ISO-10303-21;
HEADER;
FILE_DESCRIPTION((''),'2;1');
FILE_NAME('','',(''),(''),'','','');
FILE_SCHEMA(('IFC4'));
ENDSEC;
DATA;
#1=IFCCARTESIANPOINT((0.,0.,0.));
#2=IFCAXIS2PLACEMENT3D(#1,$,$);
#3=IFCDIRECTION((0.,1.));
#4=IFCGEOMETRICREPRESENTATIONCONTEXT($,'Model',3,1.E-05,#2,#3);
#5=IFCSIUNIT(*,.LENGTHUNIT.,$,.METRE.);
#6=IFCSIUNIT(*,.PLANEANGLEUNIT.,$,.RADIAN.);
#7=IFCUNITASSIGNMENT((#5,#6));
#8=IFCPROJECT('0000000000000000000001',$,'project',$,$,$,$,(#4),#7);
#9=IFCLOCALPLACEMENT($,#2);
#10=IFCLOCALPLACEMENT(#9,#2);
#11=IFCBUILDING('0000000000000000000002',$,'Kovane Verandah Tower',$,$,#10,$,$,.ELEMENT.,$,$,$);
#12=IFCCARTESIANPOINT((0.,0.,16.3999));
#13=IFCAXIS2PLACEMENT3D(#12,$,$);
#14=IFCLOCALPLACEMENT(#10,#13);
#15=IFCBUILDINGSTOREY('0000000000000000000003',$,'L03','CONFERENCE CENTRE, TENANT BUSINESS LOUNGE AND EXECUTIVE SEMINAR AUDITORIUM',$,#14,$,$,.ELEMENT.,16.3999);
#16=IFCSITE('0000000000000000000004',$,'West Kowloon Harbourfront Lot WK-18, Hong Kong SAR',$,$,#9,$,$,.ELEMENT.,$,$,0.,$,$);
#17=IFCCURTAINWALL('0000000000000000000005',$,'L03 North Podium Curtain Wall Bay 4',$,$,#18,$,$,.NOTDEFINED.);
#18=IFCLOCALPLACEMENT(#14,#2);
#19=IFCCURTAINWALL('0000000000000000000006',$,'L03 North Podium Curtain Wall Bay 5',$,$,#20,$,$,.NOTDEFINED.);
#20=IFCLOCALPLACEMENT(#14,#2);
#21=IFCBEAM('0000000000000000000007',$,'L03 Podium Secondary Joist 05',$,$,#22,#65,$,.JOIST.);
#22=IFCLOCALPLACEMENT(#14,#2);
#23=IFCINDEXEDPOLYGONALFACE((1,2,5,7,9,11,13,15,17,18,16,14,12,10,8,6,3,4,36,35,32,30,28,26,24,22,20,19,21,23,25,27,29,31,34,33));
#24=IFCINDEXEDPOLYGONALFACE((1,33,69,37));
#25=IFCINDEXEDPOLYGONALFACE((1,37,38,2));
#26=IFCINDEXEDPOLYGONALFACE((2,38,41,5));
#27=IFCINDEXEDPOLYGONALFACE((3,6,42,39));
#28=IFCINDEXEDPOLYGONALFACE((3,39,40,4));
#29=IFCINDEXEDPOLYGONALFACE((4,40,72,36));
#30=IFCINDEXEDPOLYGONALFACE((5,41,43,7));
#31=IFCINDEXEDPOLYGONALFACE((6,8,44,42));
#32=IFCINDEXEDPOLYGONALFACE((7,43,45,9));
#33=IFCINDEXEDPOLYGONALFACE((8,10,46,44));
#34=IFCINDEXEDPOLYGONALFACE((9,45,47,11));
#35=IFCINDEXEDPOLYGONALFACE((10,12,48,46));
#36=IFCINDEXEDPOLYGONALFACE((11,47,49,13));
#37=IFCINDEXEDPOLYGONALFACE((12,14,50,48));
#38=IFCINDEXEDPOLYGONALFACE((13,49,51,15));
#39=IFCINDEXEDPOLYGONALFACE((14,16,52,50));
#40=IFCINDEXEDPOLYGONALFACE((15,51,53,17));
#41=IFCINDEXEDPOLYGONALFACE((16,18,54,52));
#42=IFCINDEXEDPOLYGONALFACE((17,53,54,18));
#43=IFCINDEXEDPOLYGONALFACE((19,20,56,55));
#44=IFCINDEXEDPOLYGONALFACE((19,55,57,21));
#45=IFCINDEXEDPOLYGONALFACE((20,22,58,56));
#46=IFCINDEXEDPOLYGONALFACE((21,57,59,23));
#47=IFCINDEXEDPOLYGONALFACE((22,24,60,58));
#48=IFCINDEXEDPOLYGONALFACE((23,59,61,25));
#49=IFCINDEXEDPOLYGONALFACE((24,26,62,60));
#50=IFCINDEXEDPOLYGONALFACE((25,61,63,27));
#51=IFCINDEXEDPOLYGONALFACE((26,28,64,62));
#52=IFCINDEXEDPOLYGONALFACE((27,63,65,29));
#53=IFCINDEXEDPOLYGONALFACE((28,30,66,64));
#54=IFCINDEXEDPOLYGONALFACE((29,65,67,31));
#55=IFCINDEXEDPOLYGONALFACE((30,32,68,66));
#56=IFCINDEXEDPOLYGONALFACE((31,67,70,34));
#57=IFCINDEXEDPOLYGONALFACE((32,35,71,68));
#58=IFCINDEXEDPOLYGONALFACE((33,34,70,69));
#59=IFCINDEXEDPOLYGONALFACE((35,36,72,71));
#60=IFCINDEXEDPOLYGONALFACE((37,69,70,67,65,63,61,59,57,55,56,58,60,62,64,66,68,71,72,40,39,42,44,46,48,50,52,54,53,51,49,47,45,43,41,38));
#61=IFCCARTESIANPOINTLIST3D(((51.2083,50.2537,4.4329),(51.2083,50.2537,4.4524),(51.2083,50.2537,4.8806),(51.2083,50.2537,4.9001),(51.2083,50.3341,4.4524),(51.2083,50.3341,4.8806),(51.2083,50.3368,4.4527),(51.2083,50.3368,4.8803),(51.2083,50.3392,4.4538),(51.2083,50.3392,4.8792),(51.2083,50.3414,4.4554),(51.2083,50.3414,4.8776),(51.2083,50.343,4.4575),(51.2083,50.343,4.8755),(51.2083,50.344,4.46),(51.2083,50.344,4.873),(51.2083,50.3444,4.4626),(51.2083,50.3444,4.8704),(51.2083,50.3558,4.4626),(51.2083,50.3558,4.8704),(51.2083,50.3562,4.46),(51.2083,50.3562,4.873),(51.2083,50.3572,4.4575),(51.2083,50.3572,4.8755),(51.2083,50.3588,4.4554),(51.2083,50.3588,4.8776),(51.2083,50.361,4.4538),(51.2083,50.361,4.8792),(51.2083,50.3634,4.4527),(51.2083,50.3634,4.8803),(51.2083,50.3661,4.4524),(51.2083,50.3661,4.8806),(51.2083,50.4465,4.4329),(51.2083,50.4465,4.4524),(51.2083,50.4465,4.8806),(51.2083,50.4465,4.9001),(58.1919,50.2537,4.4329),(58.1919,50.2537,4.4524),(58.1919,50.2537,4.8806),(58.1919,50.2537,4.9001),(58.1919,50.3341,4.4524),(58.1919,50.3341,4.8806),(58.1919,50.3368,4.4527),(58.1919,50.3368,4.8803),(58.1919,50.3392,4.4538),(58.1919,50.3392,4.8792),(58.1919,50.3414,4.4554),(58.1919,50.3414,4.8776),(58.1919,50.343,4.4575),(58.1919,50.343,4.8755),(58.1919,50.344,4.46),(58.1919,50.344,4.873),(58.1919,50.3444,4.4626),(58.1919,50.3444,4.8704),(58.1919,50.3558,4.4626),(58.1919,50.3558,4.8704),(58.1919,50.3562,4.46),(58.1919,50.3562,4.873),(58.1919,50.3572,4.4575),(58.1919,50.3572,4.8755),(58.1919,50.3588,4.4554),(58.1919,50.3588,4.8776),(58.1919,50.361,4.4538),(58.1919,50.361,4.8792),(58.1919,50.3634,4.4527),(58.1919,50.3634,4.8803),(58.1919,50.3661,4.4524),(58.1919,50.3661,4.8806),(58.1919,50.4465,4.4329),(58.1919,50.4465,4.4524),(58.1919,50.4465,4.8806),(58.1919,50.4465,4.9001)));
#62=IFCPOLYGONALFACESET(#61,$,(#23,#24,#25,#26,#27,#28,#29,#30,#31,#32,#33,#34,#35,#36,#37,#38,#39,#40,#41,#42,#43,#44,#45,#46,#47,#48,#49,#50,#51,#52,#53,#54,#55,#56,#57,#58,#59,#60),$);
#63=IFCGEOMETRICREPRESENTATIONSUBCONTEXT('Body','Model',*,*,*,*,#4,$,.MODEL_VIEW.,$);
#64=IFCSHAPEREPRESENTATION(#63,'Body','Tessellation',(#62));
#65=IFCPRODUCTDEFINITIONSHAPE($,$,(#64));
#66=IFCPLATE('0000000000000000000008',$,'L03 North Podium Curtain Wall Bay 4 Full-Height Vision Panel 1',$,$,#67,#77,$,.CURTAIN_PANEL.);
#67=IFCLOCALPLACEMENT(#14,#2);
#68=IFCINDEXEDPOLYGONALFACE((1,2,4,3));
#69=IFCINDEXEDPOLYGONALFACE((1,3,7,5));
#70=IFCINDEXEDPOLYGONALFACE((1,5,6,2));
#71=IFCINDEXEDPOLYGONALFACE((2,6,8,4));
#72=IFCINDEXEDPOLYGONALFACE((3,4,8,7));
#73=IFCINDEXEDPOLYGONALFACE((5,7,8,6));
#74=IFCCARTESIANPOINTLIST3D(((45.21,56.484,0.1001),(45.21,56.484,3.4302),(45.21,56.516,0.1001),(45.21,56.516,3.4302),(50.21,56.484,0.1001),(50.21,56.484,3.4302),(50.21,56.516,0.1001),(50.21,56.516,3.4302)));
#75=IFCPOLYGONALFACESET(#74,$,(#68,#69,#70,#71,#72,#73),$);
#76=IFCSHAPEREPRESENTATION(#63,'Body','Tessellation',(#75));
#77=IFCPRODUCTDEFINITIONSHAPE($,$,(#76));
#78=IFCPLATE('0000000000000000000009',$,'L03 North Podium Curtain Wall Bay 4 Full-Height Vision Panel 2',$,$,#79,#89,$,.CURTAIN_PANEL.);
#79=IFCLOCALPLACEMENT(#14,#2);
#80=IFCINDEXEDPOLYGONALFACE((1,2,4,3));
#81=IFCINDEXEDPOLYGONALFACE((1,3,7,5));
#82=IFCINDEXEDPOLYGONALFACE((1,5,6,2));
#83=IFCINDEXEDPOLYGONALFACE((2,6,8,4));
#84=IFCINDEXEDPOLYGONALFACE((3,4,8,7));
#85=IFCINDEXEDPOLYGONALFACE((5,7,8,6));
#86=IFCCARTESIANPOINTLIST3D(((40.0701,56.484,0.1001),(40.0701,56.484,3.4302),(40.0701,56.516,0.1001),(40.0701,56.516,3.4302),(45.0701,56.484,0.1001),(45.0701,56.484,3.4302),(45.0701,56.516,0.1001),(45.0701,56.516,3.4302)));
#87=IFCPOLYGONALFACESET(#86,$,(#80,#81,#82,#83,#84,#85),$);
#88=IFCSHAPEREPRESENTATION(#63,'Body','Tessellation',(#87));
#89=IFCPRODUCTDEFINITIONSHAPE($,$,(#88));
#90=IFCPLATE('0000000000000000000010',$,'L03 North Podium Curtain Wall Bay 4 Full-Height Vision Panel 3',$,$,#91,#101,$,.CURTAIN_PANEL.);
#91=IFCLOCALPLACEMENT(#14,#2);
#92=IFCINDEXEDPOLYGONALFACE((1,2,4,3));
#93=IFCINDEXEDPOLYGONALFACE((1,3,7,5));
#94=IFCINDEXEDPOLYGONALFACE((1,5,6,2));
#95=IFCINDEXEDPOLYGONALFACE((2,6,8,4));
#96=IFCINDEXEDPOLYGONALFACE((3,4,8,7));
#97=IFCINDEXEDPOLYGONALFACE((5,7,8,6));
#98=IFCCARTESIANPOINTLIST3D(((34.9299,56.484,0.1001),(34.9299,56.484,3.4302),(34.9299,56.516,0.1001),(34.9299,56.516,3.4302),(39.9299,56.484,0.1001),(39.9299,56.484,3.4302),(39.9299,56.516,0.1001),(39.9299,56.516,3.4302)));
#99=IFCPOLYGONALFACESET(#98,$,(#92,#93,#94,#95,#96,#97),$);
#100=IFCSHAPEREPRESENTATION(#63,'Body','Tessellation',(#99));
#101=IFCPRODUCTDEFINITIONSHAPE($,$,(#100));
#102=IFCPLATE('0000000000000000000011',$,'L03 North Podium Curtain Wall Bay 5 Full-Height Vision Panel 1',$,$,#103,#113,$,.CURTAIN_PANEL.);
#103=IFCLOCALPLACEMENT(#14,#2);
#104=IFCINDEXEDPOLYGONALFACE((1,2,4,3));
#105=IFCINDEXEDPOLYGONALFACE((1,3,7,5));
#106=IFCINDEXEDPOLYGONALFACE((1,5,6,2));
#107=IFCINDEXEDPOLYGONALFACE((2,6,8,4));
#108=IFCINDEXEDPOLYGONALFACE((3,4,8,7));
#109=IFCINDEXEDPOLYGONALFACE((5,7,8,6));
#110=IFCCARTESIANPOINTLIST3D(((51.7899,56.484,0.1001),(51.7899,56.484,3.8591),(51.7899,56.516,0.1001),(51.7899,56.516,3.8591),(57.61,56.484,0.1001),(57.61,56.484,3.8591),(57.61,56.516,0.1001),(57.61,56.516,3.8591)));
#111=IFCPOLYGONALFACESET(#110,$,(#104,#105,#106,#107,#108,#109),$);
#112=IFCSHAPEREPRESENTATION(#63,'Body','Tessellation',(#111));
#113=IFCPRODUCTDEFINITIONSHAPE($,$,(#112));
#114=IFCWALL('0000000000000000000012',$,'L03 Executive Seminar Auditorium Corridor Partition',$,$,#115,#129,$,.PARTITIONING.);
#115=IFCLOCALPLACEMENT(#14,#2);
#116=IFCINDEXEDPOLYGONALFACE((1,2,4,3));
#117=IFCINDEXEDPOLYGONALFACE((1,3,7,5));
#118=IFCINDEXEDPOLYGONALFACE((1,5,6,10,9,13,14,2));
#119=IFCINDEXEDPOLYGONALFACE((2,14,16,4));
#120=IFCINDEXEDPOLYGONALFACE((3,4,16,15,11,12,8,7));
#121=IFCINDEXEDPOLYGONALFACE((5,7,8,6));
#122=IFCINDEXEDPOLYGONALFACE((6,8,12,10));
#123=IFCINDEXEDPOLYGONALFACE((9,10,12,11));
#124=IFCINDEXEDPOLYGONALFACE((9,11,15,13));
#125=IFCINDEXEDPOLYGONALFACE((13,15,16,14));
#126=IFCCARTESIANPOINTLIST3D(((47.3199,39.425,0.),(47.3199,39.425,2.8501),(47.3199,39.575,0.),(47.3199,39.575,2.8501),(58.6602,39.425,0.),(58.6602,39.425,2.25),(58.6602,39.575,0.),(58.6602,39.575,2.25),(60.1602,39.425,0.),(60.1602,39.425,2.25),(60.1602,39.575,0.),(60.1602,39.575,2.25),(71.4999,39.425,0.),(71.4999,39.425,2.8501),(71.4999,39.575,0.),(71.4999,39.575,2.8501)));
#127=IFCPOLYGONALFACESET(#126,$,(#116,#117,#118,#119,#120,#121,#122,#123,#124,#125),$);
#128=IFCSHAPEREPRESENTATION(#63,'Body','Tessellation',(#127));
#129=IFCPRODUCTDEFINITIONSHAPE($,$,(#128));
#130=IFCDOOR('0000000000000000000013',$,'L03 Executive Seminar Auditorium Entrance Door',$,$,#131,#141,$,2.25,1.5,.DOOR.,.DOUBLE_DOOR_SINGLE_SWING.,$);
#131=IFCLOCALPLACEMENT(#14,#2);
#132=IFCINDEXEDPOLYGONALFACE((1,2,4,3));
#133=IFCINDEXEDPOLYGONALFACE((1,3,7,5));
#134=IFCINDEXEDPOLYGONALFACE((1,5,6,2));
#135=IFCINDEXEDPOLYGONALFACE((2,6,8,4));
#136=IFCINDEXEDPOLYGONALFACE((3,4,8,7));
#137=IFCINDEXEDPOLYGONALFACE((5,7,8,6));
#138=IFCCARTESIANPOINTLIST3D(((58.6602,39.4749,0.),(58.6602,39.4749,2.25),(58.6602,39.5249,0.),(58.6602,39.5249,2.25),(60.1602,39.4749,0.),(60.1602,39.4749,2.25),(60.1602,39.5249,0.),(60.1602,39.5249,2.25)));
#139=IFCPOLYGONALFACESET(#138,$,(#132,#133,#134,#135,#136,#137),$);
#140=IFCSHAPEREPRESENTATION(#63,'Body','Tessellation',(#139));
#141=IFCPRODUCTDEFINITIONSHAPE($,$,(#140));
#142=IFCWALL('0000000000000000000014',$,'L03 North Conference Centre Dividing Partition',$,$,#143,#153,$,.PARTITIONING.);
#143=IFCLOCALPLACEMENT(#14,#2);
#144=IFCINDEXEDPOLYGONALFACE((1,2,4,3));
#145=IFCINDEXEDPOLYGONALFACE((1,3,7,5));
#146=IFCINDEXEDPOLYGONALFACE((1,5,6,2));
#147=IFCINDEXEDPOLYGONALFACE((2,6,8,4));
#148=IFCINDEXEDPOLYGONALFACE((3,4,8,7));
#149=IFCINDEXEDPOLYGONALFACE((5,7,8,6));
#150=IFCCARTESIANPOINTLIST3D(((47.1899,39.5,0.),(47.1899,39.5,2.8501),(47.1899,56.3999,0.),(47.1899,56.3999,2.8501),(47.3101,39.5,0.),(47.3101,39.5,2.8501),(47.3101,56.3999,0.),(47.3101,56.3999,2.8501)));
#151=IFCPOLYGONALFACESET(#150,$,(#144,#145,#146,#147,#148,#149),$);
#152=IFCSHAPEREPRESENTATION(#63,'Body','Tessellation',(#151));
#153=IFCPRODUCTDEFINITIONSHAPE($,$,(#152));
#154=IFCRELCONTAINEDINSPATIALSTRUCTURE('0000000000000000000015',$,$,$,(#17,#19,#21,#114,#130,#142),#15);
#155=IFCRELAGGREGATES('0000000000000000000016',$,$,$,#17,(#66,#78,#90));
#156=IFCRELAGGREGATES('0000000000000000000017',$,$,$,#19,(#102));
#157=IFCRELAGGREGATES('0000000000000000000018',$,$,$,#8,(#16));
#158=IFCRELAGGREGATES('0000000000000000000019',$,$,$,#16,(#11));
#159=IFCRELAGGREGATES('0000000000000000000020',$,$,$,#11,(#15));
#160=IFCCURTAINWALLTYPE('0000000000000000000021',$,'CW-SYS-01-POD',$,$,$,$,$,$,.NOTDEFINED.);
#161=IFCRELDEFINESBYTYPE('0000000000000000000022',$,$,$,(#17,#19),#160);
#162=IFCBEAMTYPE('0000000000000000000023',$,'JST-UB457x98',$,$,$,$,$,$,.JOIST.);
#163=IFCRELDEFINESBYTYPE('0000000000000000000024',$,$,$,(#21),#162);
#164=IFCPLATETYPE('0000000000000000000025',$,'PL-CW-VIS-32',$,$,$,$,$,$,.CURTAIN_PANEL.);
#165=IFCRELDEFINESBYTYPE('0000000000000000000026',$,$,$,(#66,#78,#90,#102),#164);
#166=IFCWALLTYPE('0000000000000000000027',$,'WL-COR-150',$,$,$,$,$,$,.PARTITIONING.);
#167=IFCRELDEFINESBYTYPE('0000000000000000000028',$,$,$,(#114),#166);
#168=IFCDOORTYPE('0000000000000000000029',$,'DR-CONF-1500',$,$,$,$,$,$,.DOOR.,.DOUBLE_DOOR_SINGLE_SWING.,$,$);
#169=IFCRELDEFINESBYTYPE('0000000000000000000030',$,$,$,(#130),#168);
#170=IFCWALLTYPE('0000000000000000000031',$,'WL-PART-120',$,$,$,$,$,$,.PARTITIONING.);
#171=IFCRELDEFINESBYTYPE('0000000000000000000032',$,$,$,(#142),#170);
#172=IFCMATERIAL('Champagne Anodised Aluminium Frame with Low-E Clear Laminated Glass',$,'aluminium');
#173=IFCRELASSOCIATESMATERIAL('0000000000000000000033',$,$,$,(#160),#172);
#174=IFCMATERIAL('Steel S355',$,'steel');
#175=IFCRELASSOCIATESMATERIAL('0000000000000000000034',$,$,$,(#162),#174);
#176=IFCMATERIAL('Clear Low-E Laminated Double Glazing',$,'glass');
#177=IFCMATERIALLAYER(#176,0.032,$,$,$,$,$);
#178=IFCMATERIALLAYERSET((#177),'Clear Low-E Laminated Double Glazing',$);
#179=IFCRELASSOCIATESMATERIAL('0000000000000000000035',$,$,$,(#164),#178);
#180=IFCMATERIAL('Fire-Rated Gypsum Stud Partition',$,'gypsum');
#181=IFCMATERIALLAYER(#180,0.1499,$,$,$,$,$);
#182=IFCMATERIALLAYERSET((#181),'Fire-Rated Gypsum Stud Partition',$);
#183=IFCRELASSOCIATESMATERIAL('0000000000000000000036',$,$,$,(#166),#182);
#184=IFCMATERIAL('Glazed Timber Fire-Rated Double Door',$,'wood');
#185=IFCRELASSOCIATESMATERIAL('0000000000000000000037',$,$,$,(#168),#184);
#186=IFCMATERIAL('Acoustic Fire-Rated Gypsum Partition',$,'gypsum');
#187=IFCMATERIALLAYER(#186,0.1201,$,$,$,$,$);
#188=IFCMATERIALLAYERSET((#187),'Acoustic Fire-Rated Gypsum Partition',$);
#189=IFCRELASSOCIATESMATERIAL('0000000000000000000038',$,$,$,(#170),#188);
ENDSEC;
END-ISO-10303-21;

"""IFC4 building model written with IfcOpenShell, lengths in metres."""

from ifc_helpers import new_model, si_unit, direction, frame, frame_2d, origin, origin_2d, place, context, subcontext, project, spatial, rectangle, i_section, extrude, material, layer, layer_set, material_profile, profile_set, type_object, element, fill, aggregate, save


model = new_model("IFC4")

# Units and contexts
model_context = context("Model", 3, precision=1e-05, world=origin(), true_north=direction((0.0, 1.0)))
body_context = subcontext(model_context, "Body", "Model", "MODEL_VIEW")
ifc_project = project(units=[si_unit("LENGTHUNIT", "METRE"), si_unit("PLANEANGLEUNIT", "RADIAN")], contexts=[model_context])

# Site, building, storey
site_placement = place(None, origin())
site = spatial("IfcSite", under=ifc_project, at=site_placement, Name="West Kowloon Harbourfront Lot WK-18, Hong Kong SAR", CompositionType="ELEMENT", RefElevation=0.0)
building_placement = place(site_placement, origin())
building = spatial("IfcBuilding", under=site, at=building_placement, Name="Kovane Verandah Tower", CompositionType="ELEMENT")
storey_placement = place(building_placement, frame((0.0, 0.0, 16.3999)))
storey = spatial("IfcBuildingStorey", under=building, at=storey_placement, Name="L03", Description="CONFERENCE CENTRE, TENANT BUSINESS LOUNGE AND EXECUTIVE SEMINAR AUDITORIUM", CompositionType="ELEMENT", Elevation=16.3999)

# Curtain walls
ifc_material_1 = material(Name="Champagne Anodised Aluminium Frame with Low-E Clear Laminated Glass", Category="aluminium")
curtain_wall_type = type_object("IfcCurtainWallType", Name="CW-SYS-01-POD", PredefinedType="NOTDEFINED", material=ifc_material_1)
curtain_wall_1_placement = place(storey_placement, origin())
curtain_wall_1 = element("IfcCurtainWall", 1, at=curtain_wall_1_placement, inside=storey, type_object=curtain_wall_type, Name="L03 North Podium Curtain Wall Bay 4", PredefinedType="NOTDEFINED")
curtain_wall_2_placement = place(storey_placement, origin())
curtain_wall_2 = element("IfcCurtainWall", 2, at=curtain_wall_2_placement, inside=storey, type_object=curtain_wall_type, Name="L03 North Podium Curtain Wall Bay 5", PredefinedType="NOTDEFINED")

# Beam
ifc_material_2 = material(Name="Steel S355", Category="steel")
ifc_material_profile_1 = material_profile(ifc_material_2, i_section(OverallWidth=0.1929, OverallDepth=0.4673, WebThickness=0.0115, FlangeThickness=0.0195, FilletRadius=0.0103, at=origin_2d()), Name="UB457x191x98")
ifc_profile_set_1 = profile_set([ifc_material_profile_1], Name="Steel S355")
beam_type_1 = type_object("IfcBeamType", Name="JST-UB457x98", PredefinedType="JOIST", material=ifc_profile_set_1)
beam_1_placement = place(storey_placement, frame((51.2083, 50.3501, 4.6665), z_axis=(1.0, 0.0, 0.0), x_axis=(0.0, 1.0, 0.0)))
element("IfcBeam", 3, at=beam_1_placement, inside=storey, type_object=beam_type_1, Name="L03 Podium Secondary Joist 05", PredefinedType="JOIST", context=body_context, shape_type="SweptSolid", body=[
    extrude(i_section(OverallWidth=0.1929, OverallDepth=0.4673, WebThickness=0.0115, FlangeThickness=0.0195, FilletRadius=0.0103, at=origin_2d()), origin(), (0.0, 0.0, 1.0), 6.9836),
])

# Plates
ifc_material_3 = material(Name="Clear Low-E Laminated Double Glazing", Category="glass")
ifc_layer_1 = layer(ifc_material_3, 0.032)
ifc_layer_set_1 = layer_set([ifc_layer_1], Name="Clear Low-E Laminated Double Glazing")
plate_type = type_object("IfcPlateType", Name="PL-CW-VIS-32", PredefinedType="CURTAIN_PANEL", material=ifc_layer_set_1)
plate_1_placement = place(storey_placement, frame((47.71, 56.5, 0.1001), z_axis=(0.0, 0.0, 1.0), x_axis=(-1.0, 0.0, 0.0)))
plate_1 = element("IfcPlate", 4, at=plate_1_placement, type_object=plate_type, Name="L03 North Podium Curtain Wall Bay 4 Full-Height Vision Panel 1", PredefinedType="CURTAIN_PANEL", context=body_context, shape_type="SweptSolid", body=[
    extrude(rectangle(XDim=5.0, YDim=0.032, at=origin_2d()), origin(), (0.0, 0.0, 1.0), 3.3301),
])
plate_2_placement = place(storey_placement, frame((42.5701, 56.5, 0.1001), z_axis=(0.0, 0.0, 1.0), x_axis=(-1.0, 0.0, 0.0)))
plate_2 = element("IfcPlate", 5, at=plate_2_placement, type_object=plate_type, Name="L03 North Podium Curtain Wall Bay 4 Full-Height Vision Panel 2", PredefinedType="CURTAIN_PANEL", context=body_context, shape_type="SweptSolid", body=[
    extrude(rectangle(XDim=5.0, YDim=0.032, at=origin_2d()), origin(), (0.0, 0.0, 1.0), 3.3301),
])
plate_3_placement = place(storey_placement, frame((37.4299, 56.5, 0.1001), z_axis=(0.0, 0.0, 1.0), x_axis=(-1.0, 0.0, 0.0)))
plate_3 = element("IfcPlate", 6, at=plate_3_placement, type_object=plate_type, Name="L03 North Podium Curtain Wall Bay 4 Full-Height Vision Panel 3", PredefinedType="CURTAIN_PANEL", context=body_context, shape_type="SweptSolid", body=[
    extrude(rectangle(XDim=5.0, YDim=0.032, at=origin_2d()), origin(), (0.0, 0.0, 1.0), 3.3301),
])
aggregate(curtain_wall_1, [plate_1, plate_2, plate_3])
plate_4_placement = place(storey_placement, frame((54.7, 56.5, 0.1001), z_axis=(0.0, 0.0, 1.0), x_axis=(-1.0, 0.0, 0.0)))
plate_4 = element("IfcPlate", 7, at=plate_4_placement, type_object=plate_type, Name="L03 North Podium Curtain Wall Bay 5 Full-Height Vision Panel 1", PredefinedType="CURTAIN_PANEL", context=body_context, shape_type="SweptSolid", body=[
    extrude(rectangle(XDim=5.8201, YDim=0.032, at=origin_2d()), origin(), (0.0, 0.0, 1.0), 3.759),
])
aggregate(curtain_wall_2, [plate_4])

# Wall, opening, door
ifc_material_4 = material(Name="Fire-Rated Gypsum Stud Partition", Category="gypsum")
ifc_layer_2 = layer(ifc_material_4, 0.1499)
ifc_layer_set_2 = layer_set([ifc_layer_2], Name="Fire-Rated Gypsum Stud Partition")
wall_type_1 = type_object("IfcWallType", Name="WL-COR-150", PredefinedType="PARTITIONING", material=ifc_layer_set_2)
wall_1_placement = place(storey_placement, frame((47.3201, 39.5, 0.0), z_axis=(0.0, 0.0, 1.0), x_axis=(1.0, 0.0, 0.0)))
wall_1 = element("IfcWall", 8, at=wall_1_placement, inside=storey, type_object=wall_type_1, Name="L03 Executive Seminar Auditorium Corridor Partition", PredefinedType="PARTITIONING", context=body_context, shape_type="SweptSolid", body=[
    extrude(rectangle(XDim=24.1799, YDim=0.1499, at=frame_2d((12.0898, 0.0))), origin(), (0.0, 0.0, 1.0), 2.8501),
])
opening_placement = place(wall_1_placement, frame((11.3401, 0.0, 0.0)))
opening = element("IfcOpeningElement", 9, at=opening_placement, cuts=wall_1, PredefinedType="OPENING", context=body_context, shape_type="SweptSolid", body=[
    extrude(rectangle(XDim=1.5, YDim=2.25, at=frame_2d((0.75, 1.125))), frame((0.0, 0.075, 0.0), z_axis=(0.0, -1.0, 0.0), x_axis=(1.0, 0.0, 0.0)), (0.0, 0.0, 1.0), 0.1499),
])
ifc_material_5 = material(Name="Glazed Timber Fire-Rated Double Door", Category="wood")
door_type = type_object("IfcDoorType", Name="DR-CONF-1500", OperationType="DOUBLE_DOOR_SINGLE_SWING", PredefinedType="DOOR", material=ifc_material_5)
door_placement = place(opening_placement, origin())
door = element("IfcDoor", 10, at=door_placement, inside=storey, type_object=door_type, Name="L03 Executive Seminar Auditorium Entrance Door", OperationType="DOUBLE_DOOR_SINGLE_SWING", OverallHeight=2.25, OverallWidth=1.5, PredefinedType="DOOR", context=body_context, shape_type="SweptSolid", body=[
    extrude(rectangle(XDim=1.5, YDim=2.25, at=frame_2d((0.75, 1.125))), frame((0.0, 0.0249, 0.0), z_axis=(0.0, -1.0, 0.0), x_axis=(1.0, 0.0, 0.0)), (0.0, 0.0, 1.0), 0.05),
])
fill(opening, door)

# Wall
ifc_material_6 = material(Name="Acoustic Fire-Rated Gypsum Partition", Category="gypsum")
ifc_layer_3 = layer(ifc_material_6, 0.1201)
ifc_layer_set_3 = layer_set([ifc_layer_3], Name="Acoustic Fire-Rated Gypsum Partition")
wall_type_2 = type_object("IfcWallType", Name="WL-PART-120", PredefinedType="PARTITIONING", material=ifc_layer_set_3)
wall_2_placement = place(storey_placement, frame((47.25, 39.5, 0.0), z_axis=(0.0, 0.0, 1.0), x_axis=(0.0, 1.0, 0.0)))
element("IfcWall", 11, at=wall_2_placement, inside=storey, type_object=wall_type_2, Name="L03 North Conference Centre Dividing Partition", PredefinedType="PARTITIONING", context=body_context, shape_type="SweptSolid", body=[
    extrude(rectangle(XDim=16.8999, YDim=0.1201, at=frame_2d((8.45, 0.0))), origin(), (0.0, 0.0, 1.0), 2.8501),
])

save(model, "model.ifc")
